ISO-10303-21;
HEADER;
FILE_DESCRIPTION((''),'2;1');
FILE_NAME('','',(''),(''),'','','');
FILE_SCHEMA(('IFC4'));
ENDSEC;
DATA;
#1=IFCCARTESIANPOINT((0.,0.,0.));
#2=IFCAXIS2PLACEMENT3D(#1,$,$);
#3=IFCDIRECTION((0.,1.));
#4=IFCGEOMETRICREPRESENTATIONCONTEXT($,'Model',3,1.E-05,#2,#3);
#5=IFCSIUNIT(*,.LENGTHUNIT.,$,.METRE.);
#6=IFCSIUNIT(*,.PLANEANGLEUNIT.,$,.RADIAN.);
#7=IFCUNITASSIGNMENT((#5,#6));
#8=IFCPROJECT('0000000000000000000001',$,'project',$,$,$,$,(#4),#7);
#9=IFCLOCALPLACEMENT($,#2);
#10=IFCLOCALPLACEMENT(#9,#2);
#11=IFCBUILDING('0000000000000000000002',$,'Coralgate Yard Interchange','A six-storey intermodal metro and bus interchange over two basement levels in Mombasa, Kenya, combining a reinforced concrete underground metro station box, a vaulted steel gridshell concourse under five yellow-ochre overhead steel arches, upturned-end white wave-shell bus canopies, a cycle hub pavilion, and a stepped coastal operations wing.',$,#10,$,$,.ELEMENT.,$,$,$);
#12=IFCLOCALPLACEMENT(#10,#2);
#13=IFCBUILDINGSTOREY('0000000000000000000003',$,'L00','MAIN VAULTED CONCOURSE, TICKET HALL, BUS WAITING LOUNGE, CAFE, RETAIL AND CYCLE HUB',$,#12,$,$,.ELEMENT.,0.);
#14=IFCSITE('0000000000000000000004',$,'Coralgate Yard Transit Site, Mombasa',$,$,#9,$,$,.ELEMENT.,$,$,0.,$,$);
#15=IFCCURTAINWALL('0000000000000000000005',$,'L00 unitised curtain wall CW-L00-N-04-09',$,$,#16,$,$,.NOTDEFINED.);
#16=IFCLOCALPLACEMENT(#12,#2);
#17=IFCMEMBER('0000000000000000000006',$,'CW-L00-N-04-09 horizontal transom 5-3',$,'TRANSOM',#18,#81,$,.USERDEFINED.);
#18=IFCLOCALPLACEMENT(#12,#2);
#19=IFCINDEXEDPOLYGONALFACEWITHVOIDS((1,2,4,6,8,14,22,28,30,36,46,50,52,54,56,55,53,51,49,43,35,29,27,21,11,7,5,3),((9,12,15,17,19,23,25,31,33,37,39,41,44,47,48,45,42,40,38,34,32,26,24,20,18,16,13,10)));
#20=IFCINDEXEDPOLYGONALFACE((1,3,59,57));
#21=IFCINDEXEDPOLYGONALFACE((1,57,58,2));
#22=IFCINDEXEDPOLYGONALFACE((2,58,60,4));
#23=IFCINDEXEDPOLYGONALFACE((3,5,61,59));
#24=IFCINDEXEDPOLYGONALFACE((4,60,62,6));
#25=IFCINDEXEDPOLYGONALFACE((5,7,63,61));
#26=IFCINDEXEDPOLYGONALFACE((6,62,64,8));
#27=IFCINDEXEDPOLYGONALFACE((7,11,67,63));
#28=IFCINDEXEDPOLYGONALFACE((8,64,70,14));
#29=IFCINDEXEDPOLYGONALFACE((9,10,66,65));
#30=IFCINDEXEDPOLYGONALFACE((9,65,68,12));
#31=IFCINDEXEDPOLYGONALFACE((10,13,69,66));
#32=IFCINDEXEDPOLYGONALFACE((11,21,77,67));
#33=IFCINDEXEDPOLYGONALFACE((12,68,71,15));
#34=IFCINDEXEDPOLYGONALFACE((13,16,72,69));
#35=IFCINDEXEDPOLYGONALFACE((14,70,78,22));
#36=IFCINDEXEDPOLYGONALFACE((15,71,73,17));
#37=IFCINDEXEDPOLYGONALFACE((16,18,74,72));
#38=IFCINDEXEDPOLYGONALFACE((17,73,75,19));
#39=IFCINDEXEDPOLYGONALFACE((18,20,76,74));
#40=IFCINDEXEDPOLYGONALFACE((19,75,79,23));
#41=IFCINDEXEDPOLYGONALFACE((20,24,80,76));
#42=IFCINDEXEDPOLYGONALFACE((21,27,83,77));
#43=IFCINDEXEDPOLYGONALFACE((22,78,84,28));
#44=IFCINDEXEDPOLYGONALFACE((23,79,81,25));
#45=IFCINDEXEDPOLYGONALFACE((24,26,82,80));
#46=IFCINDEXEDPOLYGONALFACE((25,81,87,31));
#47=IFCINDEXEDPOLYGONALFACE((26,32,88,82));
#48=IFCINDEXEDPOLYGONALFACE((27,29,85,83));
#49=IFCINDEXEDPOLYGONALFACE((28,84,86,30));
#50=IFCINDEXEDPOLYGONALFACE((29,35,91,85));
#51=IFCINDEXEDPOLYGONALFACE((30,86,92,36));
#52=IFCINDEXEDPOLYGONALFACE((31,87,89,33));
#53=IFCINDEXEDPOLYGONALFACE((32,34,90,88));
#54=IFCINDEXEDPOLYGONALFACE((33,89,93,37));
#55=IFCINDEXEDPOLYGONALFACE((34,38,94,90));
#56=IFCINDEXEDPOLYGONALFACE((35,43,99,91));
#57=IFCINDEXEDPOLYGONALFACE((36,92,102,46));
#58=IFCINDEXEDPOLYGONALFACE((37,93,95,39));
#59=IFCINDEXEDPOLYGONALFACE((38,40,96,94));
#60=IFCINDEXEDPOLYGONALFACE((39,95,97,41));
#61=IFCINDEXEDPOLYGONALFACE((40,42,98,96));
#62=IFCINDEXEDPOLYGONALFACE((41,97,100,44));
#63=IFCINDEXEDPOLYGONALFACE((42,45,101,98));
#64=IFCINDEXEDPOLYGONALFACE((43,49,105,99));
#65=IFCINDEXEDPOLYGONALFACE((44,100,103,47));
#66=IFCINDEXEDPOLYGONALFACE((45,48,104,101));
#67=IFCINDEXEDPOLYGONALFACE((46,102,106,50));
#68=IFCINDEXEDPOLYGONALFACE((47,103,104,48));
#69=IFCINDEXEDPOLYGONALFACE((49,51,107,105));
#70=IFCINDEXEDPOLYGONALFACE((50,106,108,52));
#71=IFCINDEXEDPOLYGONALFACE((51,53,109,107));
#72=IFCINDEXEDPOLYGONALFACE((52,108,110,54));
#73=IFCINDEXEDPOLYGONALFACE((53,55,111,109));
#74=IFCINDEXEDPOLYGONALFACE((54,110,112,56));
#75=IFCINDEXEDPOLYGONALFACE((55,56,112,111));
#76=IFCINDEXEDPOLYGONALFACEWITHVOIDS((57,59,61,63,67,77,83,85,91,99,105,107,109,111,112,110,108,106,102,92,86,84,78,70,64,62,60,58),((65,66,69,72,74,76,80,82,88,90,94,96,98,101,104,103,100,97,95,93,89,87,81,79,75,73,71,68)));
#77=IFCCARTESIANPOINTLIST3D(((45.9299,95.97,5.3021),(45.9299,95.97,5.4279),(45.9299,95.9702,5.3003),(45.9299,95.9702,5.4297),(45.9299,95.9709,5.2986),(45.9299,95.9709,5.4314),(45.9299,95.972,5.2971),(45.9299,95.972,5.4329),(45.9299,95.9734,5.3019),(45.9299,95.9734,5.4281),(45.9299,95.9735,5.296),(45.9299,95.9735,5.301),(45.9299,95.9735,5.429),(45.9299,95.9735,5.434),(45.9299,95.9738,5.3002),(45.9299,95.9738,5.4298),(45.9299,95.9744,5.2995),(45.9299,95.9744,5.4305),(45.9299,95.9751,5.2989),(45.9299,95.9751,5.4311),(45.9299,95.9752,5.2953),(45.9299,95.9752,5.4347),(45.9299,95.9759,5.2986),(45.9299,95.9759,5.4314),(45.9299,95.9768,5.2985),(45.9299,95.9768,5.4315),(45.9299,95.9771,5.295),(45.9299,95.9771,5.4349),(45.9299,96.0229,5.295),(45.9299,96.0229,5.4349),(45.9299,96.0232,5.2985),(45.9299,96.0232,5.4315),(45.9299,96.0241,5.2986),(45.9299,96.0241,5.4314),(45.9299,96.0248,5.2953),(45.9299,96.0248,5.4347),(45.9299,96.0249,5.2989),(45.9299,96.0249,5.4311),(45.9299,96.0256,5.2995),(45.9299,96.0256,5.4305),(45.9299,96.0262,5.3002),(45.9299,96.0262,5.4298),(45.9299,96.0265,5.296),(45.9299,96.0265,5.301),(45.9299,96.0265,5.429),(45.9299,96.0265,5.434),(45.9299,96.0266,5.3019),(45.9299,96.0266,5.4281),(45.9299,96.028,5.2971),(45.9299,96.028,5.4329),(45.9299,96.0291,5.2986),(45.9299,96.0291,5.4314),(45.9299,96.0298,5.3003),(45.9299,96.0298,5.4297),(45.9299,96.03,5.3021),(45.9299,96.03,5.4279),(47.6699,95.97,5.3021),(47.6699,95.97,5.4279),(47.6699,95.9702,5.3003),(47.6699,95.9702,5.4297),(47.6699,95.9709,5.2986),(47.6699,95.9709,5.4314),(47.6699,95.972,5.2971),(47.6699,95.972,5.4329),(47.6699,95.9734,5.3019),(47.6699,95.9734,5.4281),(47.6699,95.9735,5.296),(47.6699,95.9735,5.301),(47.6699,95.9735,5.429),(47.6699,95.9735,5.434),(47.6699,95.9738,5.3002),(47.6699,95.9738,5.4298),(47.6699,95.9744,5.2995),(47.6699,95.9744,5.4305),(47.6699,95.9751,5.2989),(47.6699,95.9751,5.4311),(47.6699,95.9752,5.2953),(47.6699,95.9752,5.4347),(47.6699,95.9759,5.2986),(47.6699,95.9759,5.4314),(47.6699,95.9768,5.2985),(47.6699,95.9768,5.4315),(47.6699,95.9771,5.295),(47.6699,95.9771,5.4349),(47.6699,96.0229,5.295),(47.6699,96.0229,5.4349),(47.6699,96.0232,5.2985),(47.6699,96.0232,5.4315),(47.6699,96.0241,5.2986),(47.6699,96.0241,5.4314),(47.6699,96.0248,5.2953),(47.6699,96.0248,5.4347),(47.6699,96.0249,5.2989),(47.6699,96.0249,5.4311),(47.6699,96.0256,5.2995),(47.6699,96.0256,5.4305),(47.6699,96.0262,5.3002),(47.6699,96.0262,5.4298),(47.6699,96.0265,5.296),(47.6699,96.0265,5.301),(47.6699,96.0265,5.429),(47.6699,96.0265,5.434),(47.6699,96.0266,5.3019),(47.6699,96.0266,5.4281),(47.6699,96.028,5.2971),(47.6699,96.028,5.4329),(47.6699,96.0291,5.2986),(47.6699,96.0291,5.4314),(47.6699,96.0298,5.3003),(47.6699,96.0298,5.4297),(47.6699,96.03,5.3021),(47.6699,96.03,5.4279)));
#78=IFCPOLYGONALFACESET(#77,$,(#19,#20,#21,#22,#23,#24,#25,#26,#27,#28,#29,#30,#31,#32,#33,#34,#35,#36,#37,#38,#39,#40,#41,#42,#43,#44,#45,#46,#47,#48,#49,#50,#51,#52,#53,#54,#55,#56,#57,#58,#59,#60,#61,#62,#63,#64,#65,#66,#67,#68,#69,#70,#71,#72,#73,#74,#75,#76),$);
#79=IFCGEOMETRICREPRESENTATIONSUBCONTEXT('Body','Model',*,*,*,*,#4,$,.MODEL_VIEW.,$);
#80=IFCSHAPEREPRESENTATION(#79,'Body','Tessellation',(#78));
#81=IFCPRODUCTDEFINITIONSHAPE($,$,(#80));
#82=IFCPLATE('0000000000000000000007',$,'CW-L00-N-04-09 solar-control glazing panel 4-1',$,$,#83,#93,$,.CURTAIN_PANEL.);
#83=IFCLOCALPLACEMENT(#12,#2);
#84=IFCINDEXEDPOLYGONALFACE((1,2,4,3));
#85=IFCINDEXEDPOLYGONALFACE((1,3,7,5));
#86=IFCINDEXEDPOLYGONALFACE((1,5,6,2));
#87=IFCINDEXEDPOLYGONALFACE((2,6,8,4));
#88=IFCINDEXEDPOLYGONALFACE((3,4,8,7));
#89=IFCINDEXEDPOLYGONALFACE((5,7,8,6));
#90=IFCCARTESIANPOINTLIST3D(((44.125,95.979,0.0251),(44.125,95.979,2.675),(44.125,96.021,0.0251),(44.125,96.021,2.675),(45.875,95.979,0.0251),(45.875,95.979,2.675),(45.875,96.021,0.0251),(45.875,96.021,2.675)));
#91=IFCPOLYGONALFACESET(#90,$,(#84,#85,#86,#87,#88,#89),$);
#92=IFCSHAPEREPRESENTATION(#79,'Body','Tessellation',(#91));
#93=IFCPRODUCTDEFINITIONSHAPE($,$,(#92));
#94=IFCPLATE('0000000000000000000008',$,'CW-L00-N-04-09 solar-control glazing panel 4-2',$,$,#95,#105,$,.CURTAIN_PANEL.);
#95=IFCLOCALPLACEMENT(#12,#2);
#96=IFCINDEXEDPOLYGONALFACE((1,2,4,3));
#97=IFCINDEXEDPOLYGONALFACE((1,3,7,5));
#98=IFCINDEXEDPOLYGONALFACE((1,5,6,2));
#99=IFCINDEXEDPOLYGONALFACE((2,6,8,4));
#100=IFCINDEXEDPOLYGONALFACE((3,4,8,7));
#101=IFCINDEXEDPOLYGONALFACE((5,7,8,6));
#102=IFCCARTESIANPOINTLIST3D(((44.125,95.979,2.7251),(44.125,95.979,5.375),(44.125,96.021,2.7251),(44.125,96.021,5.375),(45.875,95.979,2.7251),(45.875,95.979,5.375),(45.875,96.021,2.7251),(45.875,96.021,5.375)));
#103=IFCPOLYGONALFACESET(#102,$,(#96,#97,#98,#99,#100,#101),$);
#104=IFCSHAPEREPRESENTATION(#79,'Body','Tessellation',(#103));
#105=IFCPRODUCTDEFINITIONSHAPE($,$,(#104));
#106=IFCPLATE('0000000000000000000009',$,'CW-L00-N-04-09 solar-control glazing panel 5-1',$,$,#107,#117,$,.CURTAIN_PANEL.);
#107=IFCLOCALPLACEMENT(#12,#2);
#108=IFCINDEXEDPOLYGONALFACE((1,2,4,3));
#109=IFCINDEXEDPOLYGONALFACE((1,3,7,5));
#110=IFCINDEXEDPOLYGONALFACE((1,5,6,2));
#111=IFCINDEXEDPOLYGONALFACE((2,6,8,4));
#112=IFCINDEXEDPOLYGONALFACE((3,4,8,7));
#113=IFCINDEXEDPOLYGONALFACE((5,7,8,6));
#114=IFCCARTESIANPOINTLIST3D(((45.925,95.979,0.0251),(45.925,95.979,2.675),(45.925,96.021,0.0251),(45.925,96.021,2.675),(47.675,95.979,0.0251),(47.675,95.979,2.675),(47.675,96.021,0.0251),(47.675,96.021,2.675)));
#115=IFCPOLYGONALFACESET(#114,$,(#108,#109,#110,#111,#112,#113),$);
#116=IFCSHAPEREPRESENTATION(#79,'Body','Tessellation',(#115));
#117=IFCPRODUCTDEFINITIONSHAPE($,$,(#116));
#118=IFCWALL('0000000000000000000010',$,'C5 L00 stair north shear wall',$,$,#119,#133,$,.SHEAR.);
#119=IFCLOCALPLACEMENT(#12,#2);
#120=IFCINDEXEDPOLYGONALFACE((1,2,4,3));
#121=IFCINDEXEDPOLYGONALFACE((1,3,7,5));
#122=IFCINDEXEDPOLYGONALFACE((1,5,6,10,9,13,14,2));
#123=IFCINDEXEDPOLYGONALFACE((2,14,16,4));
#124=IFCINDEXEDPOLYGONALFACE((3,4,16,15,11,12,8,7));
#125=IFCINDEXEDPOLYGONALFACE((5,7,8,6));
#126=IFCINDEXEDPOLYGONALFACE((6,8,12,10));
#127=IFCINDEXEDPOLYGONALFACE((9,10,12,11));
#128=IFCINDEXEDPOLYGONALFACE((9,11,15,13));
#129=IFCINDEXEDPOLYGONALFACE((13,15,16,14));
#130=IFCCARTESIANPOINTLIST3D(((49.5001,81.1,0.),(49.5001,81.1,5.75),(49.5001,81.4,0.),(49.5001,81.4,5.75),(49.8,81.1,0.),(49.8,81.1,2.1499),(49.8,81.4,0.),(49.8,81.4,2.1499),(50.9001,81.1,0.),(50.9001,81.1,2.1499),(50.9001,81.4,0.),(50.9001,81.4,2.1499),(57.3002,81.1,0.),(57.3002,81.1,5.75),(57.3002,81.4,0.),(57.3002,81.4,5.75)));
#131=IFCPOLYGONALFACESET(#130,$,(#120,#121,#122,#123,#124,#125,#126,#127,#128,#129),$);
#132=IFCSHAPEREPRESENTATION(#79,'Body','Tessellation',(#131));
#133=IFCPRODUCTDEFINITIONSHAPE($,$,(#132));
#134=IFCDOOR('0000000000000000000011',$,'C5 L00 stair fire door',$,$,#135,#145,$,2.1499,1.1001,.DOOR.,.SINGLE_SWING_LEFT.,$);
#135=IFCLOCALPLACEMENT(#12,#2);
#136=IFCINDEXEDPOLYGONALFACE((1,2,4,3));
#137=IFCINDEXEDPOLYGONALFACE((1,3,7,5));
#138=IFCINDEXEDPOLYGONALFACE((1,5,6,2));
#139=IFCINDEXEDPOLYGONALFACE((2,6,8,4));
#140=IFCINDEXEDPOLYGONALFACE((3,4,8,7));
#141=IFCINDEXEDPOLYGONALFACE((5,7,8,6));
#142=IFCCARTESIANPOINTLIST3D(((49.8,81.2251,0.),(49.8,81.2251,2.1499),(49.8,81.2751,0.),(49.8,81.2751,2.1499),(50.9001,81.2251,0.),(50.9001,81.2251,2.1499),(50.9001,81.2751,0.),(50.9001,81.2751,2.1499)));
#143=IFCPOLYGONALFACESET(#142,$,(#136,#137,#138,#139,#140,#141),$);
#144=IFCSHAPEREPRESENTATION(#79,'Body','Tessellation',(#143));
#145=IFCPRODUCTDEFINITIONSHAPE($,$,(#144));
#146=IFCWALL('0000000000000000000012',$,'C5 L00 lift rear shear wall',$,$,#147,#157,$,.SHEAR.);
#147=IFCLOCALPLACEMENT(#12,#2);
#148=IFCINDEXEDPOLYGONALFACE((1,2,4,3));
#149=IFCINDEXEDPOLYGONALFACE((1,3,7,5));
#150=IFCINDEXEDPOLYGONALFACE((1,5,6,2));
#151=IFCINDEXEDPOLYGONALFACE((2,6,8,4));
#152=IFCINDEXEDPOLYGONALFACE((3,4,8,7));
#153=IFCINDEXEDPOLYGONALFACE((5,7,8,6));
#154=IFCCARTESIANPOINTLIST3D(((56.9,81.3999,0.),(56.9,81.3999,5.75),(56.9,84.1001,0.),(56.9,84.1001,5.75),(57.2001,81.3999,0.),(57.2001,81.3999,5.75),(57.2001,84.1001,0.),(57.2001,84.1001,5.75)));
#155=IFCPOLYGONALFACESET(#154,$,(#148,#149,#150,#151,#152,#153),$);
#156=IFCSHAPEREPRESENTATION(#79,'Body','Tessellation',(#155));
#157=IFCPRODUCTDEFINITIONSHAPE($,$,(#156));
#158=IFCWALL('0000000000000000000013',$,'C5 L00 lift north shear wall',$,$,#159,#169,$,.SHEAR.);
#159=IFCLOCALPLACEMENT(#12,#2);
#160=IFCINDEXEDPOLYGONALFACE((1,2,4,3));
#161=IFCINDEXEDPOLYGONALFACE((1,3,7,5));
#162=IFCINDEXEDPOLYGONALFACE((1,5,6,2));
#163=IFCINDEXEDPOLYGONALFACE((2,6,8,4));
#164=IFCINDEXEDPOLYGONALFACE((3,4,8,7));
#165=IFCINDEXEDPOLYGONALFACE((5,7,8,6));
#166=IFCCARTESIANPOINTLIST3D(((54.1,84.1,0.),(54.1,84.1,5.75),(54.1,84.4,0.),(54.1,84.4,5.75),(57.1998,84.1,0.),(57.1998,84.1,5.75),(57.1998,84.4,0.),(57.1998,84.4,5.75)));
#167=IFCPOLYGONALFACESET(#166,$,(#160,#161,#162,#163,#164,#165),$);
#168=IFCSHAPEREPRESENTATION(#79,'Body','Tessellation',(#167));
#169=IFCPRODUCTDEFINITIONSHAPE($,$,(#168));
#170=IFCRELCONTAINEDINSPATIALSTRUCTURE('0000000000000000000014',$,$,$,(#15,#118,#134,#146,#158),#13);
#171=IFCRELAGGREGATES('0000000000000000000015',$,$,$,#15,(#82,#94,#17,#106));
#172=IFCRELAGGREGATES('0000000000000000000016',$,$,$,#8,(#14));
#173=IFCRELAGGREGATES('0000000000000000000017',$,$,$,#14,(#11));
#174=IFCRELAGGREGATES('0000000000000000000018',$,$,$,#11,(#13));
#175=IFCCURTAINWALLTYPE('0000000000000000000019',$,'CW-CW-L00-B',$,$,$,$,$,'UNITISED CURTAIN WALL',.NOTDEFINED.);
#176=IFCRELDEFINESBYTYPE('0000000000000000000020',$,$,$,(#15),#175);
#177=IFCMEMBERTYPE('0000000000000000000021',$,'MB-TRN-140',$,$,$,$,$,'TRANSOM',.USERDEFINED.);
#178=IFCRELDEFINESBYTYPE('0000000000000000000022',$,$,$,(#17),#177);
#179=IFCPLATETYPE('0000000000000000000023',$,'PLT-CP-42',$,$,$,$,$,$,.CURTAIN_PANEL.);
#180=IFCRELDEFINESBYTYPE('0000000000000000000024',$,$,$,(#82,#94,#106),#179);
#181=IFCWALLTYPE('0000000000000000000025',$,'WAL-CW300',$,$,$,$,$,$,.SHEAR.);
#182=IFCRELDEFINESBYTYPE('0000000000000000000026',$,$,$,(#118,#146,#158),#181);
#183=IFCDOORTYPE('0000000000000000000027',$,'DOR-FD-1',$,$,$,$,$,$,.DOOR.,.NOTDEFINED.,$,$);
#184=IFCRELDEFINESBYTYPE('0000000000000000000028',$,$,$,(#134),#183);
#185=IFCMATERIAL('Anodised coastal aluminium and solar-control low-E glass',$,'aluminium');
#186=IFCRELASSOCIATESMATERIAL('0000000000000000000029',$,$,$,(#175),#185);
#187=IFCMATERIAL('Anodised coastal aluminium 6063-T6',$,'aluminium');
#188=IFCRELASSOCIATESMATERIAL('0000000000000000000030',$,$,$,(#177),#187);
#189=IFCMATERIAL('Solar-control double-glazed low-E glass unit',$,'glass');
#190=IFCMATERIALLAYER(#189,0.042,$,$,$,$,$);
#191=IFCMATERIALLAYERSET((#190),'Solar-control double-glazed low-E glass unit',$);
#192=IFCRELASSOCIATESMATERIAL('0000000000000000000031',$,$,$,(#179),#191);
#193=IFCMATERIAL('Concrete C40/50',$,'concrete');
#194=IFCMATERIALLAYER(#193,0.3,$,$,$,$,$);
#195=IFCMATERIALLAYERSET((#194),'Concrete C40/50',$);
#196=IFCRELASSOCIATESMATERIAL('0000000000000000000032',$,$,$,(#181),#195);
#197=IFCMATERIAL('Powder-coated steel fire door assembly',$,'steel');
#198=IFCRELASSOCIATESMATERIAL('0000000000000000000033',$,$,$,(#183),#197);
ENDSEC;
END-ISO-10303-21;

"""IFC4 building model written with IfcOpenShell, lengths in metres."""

from ifc_helpers import new_model, si_unit, direction, frame, frame_2d, origin, origin_2d, place, context, subcontext, project, spatial, rectangle, hollow_rectangle, extrude, material, layer, layer_set, material_profile, profile_set, type_object, element, fill, aggregate, save


model = new_model("IFC4")

# Units and contexts
model_context = context("Model", 3, precision=1e-05, world=origin(), true_north=direction((0.0, 1.0)))
body_context = subcontext(model_context, "Body", "Model", "MODEL_VIEW")
ifc_project = project(units=[si_unit("LENGTHUNIT", "METRE"), si_unit("PLANEANGLEUNIT", "RADIAN")], contexts=[model_context])

# Site, building, storey
site_placement = place(None, origin())
site = spatial("IfcSite", under=ifc_project, at=site_placement, Name="Coralgate Yard Transit Site, Mombasa", CompositionType="ELEMENT", RefElevation=0.0)
building_placement = place(site_placement, origin())
building = spatial("IfcBuilding", under=site, at=building_placement, Name="Coralgate Yard Interchange", Description="A six-storey intermodal metro and bus interchange over two basement levels in Mombasa, Kenya, combining a reinforced concrete underground metro station box, a vaulted steel gridshell concourse under five yellow-ochre overhead steel arches, upturned-end white wave-shell bus canopies, a cycle hub pavilion, and a stepped coastal operations wing.", CompositionType="ELEMENT")
storey_placement = place(building_placement, origin())
storey = spatial("IfcBuildingStorey", under=building, at=storey_placement, Name="L00", Description="MAIN VAULTED CONCOURSE, TICKET HALL, BUS WAITING LOUNGE, CAFE, RETAIL AND CYCLE HUB", CompositionType="ELEMENT", Elevation=0.0)

# Curtain wall, member, plates
ifc_material_1 = material(Name="Anodised coastal aluminium and solar-control low-E glass", Category="aluminium")
curtain_wall_type = type_object("IfcCurtainWallType", Name="CW-CW-L00-B", ElementType="UNITISED CURTAIN WALL", PredefinedType="NOTDEFINED", material=ifc_material_1)
curtain_wall_placement = place(storey_placement, origin())
curtain_wall = element("IfcCurtainWall", 1, at=curtain_wall_placement, inside=storey, type_object=curtain_wall_type, Name="L00 unitised curtain wall CW-L00-N-04-09", PredefinedType="NOTDEFINED")
ifc_material_2 = material(Name="Anodised coastal aluminium 6063-T6", Category="aluminium")
ifc_material_profile_1 = material_profile(ifc_material_2, hollow_rectangle(XDim=0.0601, YDim=0.1399, WallThickness=0.0034, InnerFilletRadius=0.0034, OuterFilletRadius=0.0071, at=origin_2d()), Name="ALU 60x140x3.5")
ifc_profile_set_1 = profile_set([ifc_material_profile_1], Name="Anodised coastal aluminium 6063-T6")
member_type_1 = type_object("IfcMemberType", Name="MB-TRN-140", ElementType="TRANSOM", PredefinedType="USERDEFINED", material=ifc_profile_set_1)
member_1_placement = place(storey_placement, frame((45.9299, 96.0, 5.365), z_axis=(1.0, 0.0, 0.0), x_axis=(0.0, 1.0, 0.0)))
member_1 = element("IfcMember", 2, at=member_1_placement, type_object=member_type_1, Name="CW-L00-N-04-09 horizontal transom 5-3", ObjectType="TRANSOM", PredefinedType="USERDEFINED", context=body_context, shape_type="SweptSolid", body=[
    extrude(hollow_rectangle(XDim=0.0601, YDim=0.1399, WallThickness=0.0034, InnerFilletRadius=0.0034, OuterFilletRadius=0.0071, at=origin_2d()), origin(), (0.0, 0.0, 1.0), 1.74),
])
ifc_material_3 = material(Name="Solar-control double-glazed low-E glass unit", Category="glass")
ifc_layer_1 = layer(ifc_material_3, 0.042)
ifc_layer_set_1 = layer_set([ifc_layer_1], Name="Solar-control double-glazed low-E glass unit")
plate_type = type_object("IfcPlateType", Name="PLT-CP-42", PredefinedType="CURTAIN_PANEL", material=ifc_layer_set_1)
plate_1_placement = place(storey_placement, frame((45.0, 96.0, 0.0251), z_axis=(0.0, 0.0, 1.0), x_axis=(1.0, 0.0, 0.0)))
plate_1 = element("IfcPlate", 3, at=plate_1_placement, type_object=plate_type, Name="CW-L00-N-04-09 solar-control glazing panel 4-1", PredefinedType="CURTAIN_PANEL", context=body_context, shape_type="SweptSolid", body=[
    extrude(rectangle(XDim=1.75, YDim=0.042, at=origin_2d()), origin(), (0.0, 0.0, 1.0), 2.6499),
])
plate_2_placement = place(storey_placement, frame((45.0, 96.0, 2.7251), z_axis=(0.0, 0.0, 1.0), x_axis=(1.0, 0.0, 0.0)))
plate_2 = element("IfcPlate", 4, at=plate_2_placement, type_object=plate_type, Name="CW-L00-N-04-09 solar-control glazing panel 4-2", PredefinedType="CURTAIN_PANEL", context=body_context, shape_type="SweptSolid", body=[
    extrude(rectangle(XDim=1.75, YDim=0.042, at=origin_2d()), origin(), (0.0, 0.0, 1.0), 2.6499),
])
plate_3_placement = place(storey_placement, frame((46.8, 96.0, 0.0251), z_axis=(0.0, 0.0, 1.0), x_axis=(1.0, 0.0, 0.0)))
plate_3 = element("IfcPlate", 5, at=plate_3_placement, type_object=plate_type, Name="CW-L00-N-04-09 solar-control glazing panel 5-1", PredefinedType="CURTAIN_PANEL", context=body_context, shape_type="SweptSolid", body=[
    extrude(rectangle(XDim=1.75, YDim=0.042, at=origin_2d()), origin(), (0.0, 0.0, 1.0), 2.6499),
])
aggregate(curtain_wall, [plate_1, plate_2, member_1, plate_3])

# Wall, opening, door
ifc_material_4 = material(Name="Concrete C40/50", Category="concrete")
ifc_layer_2 = layer(ifc_material_4, 0.3)
ifc_layer_set_2 = layer_set([ifc_layer_2], Name="Concrete C40/50")
wall_type_1 = type_object("IfcWallType", Name="WAL-CW300", PredefinedType="SHEAR", material=ifc_layer_set_2)
wall_1_placement = place(storey_placement, frame((57.3, 81.25, 0.0), z_axis=(0.0, 0.0, 1.0), x_axis=(-1.0, 0.0, 0.0)))
wall_1 = element("IfcWall", 6, at=wall_1_placement, inside=storey, type_object=wall_type_1, Name="C5 L00 stair north shear wall", PredefinedType="SHEAR", context=body_context, shape_type="SweptSolid", body=[
    extrude(rectangle(XDim=7.8, YDim=0.3, at=frame_2d((3.8999, 0.0))), origin(), (0.0, 0.0, 1.0), 5.75),
])
opening_1_placement = place(wall_1_placement, frame((6.3999, 0.0, 0.0)))
opening_1 = element("IfcOpeningElement", 7, at=opening_1_placement, cuts=wall_1, PredefinedType="OPENING", context=body_context, shape_type="SweptSolid", body=[
    extrude(rectangle(XDim=1.1001, YDim=2.1499, at=frame_2d((0.55, 1.075))), frame((0.0, 0.1599, 0.0), z_axis=(0.0, -1.0, 0.0), x_axis=(1.0, 0.0, 0.0)), (0.0, 0.0, 1.0), 0.3201),
])
ifc_material_5 = material(Name="Powder-coated steel fire door assembly", Category="steel")
door_type_1 = type_object("IfcDoorType", Name="DOR-FD-1", OperationType="NOTDEFINED", PredefinedType="DOOR", material=ifc_material_5)
door_1_placement = place(opening_1_placement, origin())
door_1 = element("IfcDoor", 8, at=door_1_placement, inside=storey, type_object=door_type_1, Name="C5 L00 stair fire door", OperationType="SINGLE_SWING_LEFT", OverallHeight=2.1499, OverallWidth=1.1001, PredefinedType="DOOR", context=body_context, shape_type="SweptSolid", body=[
    extrude(rectangle(XDim=1.1001, YDim=2.1499, at=frame_2d((0.55, 1.075))), frame((0.0, 0.0249, 0.0), z_axis=(0.0, -1.0, 0.0), x_axis=(1.0, 0.0, 0.0)), (0.0, 0.0, 1.0), 0.05),
])
fill(opening_1, door_1)

# Walls
wall_2_placement = place(storey_placement, frame((57.05, 81.3999, 0.0), z_axis=(0.0, 0.0, 1.0), x_axis=(0.0, 1.0, 0.0)))
element("IfcWall", 9, at=wall_2_placement, inside=storey, type_object=wall_type_1, Name="C5 L00 lift rear shear wall", PredefinedType="SHEAR", context=body_context, shape_type="SweptSolid", body=[
    extrude(rectangle(XDim=2.7002, YDim=0.3, at=frame_2d((1.3501, 0.0))), origin(), (0.0, 0.0, 1.0), 5.75),
])
wall_3_placement = place(storey_placement, frame((54.1001, 84.25, 0.0), z_axis=(0.0, 0.0, 1.0), x_axis=(1.0, 0.0, 0.0)))
element("IfcWall", 10, at=wall_3_placement, inside=storey, type_object=wall_type_1, Name="C5 L00 lift north shear wall", PredefinedType="SHEAR", context=body_context, shape_type="SweptSolid", body=[
    extrude(rectangle(XDim=3.0999, YDim=0.3, at=frame_2d((1.5498, 0.0))), origin(), (0.0, 0.0, 1.0), 5.75),
])

save(model, "model.ifc")
